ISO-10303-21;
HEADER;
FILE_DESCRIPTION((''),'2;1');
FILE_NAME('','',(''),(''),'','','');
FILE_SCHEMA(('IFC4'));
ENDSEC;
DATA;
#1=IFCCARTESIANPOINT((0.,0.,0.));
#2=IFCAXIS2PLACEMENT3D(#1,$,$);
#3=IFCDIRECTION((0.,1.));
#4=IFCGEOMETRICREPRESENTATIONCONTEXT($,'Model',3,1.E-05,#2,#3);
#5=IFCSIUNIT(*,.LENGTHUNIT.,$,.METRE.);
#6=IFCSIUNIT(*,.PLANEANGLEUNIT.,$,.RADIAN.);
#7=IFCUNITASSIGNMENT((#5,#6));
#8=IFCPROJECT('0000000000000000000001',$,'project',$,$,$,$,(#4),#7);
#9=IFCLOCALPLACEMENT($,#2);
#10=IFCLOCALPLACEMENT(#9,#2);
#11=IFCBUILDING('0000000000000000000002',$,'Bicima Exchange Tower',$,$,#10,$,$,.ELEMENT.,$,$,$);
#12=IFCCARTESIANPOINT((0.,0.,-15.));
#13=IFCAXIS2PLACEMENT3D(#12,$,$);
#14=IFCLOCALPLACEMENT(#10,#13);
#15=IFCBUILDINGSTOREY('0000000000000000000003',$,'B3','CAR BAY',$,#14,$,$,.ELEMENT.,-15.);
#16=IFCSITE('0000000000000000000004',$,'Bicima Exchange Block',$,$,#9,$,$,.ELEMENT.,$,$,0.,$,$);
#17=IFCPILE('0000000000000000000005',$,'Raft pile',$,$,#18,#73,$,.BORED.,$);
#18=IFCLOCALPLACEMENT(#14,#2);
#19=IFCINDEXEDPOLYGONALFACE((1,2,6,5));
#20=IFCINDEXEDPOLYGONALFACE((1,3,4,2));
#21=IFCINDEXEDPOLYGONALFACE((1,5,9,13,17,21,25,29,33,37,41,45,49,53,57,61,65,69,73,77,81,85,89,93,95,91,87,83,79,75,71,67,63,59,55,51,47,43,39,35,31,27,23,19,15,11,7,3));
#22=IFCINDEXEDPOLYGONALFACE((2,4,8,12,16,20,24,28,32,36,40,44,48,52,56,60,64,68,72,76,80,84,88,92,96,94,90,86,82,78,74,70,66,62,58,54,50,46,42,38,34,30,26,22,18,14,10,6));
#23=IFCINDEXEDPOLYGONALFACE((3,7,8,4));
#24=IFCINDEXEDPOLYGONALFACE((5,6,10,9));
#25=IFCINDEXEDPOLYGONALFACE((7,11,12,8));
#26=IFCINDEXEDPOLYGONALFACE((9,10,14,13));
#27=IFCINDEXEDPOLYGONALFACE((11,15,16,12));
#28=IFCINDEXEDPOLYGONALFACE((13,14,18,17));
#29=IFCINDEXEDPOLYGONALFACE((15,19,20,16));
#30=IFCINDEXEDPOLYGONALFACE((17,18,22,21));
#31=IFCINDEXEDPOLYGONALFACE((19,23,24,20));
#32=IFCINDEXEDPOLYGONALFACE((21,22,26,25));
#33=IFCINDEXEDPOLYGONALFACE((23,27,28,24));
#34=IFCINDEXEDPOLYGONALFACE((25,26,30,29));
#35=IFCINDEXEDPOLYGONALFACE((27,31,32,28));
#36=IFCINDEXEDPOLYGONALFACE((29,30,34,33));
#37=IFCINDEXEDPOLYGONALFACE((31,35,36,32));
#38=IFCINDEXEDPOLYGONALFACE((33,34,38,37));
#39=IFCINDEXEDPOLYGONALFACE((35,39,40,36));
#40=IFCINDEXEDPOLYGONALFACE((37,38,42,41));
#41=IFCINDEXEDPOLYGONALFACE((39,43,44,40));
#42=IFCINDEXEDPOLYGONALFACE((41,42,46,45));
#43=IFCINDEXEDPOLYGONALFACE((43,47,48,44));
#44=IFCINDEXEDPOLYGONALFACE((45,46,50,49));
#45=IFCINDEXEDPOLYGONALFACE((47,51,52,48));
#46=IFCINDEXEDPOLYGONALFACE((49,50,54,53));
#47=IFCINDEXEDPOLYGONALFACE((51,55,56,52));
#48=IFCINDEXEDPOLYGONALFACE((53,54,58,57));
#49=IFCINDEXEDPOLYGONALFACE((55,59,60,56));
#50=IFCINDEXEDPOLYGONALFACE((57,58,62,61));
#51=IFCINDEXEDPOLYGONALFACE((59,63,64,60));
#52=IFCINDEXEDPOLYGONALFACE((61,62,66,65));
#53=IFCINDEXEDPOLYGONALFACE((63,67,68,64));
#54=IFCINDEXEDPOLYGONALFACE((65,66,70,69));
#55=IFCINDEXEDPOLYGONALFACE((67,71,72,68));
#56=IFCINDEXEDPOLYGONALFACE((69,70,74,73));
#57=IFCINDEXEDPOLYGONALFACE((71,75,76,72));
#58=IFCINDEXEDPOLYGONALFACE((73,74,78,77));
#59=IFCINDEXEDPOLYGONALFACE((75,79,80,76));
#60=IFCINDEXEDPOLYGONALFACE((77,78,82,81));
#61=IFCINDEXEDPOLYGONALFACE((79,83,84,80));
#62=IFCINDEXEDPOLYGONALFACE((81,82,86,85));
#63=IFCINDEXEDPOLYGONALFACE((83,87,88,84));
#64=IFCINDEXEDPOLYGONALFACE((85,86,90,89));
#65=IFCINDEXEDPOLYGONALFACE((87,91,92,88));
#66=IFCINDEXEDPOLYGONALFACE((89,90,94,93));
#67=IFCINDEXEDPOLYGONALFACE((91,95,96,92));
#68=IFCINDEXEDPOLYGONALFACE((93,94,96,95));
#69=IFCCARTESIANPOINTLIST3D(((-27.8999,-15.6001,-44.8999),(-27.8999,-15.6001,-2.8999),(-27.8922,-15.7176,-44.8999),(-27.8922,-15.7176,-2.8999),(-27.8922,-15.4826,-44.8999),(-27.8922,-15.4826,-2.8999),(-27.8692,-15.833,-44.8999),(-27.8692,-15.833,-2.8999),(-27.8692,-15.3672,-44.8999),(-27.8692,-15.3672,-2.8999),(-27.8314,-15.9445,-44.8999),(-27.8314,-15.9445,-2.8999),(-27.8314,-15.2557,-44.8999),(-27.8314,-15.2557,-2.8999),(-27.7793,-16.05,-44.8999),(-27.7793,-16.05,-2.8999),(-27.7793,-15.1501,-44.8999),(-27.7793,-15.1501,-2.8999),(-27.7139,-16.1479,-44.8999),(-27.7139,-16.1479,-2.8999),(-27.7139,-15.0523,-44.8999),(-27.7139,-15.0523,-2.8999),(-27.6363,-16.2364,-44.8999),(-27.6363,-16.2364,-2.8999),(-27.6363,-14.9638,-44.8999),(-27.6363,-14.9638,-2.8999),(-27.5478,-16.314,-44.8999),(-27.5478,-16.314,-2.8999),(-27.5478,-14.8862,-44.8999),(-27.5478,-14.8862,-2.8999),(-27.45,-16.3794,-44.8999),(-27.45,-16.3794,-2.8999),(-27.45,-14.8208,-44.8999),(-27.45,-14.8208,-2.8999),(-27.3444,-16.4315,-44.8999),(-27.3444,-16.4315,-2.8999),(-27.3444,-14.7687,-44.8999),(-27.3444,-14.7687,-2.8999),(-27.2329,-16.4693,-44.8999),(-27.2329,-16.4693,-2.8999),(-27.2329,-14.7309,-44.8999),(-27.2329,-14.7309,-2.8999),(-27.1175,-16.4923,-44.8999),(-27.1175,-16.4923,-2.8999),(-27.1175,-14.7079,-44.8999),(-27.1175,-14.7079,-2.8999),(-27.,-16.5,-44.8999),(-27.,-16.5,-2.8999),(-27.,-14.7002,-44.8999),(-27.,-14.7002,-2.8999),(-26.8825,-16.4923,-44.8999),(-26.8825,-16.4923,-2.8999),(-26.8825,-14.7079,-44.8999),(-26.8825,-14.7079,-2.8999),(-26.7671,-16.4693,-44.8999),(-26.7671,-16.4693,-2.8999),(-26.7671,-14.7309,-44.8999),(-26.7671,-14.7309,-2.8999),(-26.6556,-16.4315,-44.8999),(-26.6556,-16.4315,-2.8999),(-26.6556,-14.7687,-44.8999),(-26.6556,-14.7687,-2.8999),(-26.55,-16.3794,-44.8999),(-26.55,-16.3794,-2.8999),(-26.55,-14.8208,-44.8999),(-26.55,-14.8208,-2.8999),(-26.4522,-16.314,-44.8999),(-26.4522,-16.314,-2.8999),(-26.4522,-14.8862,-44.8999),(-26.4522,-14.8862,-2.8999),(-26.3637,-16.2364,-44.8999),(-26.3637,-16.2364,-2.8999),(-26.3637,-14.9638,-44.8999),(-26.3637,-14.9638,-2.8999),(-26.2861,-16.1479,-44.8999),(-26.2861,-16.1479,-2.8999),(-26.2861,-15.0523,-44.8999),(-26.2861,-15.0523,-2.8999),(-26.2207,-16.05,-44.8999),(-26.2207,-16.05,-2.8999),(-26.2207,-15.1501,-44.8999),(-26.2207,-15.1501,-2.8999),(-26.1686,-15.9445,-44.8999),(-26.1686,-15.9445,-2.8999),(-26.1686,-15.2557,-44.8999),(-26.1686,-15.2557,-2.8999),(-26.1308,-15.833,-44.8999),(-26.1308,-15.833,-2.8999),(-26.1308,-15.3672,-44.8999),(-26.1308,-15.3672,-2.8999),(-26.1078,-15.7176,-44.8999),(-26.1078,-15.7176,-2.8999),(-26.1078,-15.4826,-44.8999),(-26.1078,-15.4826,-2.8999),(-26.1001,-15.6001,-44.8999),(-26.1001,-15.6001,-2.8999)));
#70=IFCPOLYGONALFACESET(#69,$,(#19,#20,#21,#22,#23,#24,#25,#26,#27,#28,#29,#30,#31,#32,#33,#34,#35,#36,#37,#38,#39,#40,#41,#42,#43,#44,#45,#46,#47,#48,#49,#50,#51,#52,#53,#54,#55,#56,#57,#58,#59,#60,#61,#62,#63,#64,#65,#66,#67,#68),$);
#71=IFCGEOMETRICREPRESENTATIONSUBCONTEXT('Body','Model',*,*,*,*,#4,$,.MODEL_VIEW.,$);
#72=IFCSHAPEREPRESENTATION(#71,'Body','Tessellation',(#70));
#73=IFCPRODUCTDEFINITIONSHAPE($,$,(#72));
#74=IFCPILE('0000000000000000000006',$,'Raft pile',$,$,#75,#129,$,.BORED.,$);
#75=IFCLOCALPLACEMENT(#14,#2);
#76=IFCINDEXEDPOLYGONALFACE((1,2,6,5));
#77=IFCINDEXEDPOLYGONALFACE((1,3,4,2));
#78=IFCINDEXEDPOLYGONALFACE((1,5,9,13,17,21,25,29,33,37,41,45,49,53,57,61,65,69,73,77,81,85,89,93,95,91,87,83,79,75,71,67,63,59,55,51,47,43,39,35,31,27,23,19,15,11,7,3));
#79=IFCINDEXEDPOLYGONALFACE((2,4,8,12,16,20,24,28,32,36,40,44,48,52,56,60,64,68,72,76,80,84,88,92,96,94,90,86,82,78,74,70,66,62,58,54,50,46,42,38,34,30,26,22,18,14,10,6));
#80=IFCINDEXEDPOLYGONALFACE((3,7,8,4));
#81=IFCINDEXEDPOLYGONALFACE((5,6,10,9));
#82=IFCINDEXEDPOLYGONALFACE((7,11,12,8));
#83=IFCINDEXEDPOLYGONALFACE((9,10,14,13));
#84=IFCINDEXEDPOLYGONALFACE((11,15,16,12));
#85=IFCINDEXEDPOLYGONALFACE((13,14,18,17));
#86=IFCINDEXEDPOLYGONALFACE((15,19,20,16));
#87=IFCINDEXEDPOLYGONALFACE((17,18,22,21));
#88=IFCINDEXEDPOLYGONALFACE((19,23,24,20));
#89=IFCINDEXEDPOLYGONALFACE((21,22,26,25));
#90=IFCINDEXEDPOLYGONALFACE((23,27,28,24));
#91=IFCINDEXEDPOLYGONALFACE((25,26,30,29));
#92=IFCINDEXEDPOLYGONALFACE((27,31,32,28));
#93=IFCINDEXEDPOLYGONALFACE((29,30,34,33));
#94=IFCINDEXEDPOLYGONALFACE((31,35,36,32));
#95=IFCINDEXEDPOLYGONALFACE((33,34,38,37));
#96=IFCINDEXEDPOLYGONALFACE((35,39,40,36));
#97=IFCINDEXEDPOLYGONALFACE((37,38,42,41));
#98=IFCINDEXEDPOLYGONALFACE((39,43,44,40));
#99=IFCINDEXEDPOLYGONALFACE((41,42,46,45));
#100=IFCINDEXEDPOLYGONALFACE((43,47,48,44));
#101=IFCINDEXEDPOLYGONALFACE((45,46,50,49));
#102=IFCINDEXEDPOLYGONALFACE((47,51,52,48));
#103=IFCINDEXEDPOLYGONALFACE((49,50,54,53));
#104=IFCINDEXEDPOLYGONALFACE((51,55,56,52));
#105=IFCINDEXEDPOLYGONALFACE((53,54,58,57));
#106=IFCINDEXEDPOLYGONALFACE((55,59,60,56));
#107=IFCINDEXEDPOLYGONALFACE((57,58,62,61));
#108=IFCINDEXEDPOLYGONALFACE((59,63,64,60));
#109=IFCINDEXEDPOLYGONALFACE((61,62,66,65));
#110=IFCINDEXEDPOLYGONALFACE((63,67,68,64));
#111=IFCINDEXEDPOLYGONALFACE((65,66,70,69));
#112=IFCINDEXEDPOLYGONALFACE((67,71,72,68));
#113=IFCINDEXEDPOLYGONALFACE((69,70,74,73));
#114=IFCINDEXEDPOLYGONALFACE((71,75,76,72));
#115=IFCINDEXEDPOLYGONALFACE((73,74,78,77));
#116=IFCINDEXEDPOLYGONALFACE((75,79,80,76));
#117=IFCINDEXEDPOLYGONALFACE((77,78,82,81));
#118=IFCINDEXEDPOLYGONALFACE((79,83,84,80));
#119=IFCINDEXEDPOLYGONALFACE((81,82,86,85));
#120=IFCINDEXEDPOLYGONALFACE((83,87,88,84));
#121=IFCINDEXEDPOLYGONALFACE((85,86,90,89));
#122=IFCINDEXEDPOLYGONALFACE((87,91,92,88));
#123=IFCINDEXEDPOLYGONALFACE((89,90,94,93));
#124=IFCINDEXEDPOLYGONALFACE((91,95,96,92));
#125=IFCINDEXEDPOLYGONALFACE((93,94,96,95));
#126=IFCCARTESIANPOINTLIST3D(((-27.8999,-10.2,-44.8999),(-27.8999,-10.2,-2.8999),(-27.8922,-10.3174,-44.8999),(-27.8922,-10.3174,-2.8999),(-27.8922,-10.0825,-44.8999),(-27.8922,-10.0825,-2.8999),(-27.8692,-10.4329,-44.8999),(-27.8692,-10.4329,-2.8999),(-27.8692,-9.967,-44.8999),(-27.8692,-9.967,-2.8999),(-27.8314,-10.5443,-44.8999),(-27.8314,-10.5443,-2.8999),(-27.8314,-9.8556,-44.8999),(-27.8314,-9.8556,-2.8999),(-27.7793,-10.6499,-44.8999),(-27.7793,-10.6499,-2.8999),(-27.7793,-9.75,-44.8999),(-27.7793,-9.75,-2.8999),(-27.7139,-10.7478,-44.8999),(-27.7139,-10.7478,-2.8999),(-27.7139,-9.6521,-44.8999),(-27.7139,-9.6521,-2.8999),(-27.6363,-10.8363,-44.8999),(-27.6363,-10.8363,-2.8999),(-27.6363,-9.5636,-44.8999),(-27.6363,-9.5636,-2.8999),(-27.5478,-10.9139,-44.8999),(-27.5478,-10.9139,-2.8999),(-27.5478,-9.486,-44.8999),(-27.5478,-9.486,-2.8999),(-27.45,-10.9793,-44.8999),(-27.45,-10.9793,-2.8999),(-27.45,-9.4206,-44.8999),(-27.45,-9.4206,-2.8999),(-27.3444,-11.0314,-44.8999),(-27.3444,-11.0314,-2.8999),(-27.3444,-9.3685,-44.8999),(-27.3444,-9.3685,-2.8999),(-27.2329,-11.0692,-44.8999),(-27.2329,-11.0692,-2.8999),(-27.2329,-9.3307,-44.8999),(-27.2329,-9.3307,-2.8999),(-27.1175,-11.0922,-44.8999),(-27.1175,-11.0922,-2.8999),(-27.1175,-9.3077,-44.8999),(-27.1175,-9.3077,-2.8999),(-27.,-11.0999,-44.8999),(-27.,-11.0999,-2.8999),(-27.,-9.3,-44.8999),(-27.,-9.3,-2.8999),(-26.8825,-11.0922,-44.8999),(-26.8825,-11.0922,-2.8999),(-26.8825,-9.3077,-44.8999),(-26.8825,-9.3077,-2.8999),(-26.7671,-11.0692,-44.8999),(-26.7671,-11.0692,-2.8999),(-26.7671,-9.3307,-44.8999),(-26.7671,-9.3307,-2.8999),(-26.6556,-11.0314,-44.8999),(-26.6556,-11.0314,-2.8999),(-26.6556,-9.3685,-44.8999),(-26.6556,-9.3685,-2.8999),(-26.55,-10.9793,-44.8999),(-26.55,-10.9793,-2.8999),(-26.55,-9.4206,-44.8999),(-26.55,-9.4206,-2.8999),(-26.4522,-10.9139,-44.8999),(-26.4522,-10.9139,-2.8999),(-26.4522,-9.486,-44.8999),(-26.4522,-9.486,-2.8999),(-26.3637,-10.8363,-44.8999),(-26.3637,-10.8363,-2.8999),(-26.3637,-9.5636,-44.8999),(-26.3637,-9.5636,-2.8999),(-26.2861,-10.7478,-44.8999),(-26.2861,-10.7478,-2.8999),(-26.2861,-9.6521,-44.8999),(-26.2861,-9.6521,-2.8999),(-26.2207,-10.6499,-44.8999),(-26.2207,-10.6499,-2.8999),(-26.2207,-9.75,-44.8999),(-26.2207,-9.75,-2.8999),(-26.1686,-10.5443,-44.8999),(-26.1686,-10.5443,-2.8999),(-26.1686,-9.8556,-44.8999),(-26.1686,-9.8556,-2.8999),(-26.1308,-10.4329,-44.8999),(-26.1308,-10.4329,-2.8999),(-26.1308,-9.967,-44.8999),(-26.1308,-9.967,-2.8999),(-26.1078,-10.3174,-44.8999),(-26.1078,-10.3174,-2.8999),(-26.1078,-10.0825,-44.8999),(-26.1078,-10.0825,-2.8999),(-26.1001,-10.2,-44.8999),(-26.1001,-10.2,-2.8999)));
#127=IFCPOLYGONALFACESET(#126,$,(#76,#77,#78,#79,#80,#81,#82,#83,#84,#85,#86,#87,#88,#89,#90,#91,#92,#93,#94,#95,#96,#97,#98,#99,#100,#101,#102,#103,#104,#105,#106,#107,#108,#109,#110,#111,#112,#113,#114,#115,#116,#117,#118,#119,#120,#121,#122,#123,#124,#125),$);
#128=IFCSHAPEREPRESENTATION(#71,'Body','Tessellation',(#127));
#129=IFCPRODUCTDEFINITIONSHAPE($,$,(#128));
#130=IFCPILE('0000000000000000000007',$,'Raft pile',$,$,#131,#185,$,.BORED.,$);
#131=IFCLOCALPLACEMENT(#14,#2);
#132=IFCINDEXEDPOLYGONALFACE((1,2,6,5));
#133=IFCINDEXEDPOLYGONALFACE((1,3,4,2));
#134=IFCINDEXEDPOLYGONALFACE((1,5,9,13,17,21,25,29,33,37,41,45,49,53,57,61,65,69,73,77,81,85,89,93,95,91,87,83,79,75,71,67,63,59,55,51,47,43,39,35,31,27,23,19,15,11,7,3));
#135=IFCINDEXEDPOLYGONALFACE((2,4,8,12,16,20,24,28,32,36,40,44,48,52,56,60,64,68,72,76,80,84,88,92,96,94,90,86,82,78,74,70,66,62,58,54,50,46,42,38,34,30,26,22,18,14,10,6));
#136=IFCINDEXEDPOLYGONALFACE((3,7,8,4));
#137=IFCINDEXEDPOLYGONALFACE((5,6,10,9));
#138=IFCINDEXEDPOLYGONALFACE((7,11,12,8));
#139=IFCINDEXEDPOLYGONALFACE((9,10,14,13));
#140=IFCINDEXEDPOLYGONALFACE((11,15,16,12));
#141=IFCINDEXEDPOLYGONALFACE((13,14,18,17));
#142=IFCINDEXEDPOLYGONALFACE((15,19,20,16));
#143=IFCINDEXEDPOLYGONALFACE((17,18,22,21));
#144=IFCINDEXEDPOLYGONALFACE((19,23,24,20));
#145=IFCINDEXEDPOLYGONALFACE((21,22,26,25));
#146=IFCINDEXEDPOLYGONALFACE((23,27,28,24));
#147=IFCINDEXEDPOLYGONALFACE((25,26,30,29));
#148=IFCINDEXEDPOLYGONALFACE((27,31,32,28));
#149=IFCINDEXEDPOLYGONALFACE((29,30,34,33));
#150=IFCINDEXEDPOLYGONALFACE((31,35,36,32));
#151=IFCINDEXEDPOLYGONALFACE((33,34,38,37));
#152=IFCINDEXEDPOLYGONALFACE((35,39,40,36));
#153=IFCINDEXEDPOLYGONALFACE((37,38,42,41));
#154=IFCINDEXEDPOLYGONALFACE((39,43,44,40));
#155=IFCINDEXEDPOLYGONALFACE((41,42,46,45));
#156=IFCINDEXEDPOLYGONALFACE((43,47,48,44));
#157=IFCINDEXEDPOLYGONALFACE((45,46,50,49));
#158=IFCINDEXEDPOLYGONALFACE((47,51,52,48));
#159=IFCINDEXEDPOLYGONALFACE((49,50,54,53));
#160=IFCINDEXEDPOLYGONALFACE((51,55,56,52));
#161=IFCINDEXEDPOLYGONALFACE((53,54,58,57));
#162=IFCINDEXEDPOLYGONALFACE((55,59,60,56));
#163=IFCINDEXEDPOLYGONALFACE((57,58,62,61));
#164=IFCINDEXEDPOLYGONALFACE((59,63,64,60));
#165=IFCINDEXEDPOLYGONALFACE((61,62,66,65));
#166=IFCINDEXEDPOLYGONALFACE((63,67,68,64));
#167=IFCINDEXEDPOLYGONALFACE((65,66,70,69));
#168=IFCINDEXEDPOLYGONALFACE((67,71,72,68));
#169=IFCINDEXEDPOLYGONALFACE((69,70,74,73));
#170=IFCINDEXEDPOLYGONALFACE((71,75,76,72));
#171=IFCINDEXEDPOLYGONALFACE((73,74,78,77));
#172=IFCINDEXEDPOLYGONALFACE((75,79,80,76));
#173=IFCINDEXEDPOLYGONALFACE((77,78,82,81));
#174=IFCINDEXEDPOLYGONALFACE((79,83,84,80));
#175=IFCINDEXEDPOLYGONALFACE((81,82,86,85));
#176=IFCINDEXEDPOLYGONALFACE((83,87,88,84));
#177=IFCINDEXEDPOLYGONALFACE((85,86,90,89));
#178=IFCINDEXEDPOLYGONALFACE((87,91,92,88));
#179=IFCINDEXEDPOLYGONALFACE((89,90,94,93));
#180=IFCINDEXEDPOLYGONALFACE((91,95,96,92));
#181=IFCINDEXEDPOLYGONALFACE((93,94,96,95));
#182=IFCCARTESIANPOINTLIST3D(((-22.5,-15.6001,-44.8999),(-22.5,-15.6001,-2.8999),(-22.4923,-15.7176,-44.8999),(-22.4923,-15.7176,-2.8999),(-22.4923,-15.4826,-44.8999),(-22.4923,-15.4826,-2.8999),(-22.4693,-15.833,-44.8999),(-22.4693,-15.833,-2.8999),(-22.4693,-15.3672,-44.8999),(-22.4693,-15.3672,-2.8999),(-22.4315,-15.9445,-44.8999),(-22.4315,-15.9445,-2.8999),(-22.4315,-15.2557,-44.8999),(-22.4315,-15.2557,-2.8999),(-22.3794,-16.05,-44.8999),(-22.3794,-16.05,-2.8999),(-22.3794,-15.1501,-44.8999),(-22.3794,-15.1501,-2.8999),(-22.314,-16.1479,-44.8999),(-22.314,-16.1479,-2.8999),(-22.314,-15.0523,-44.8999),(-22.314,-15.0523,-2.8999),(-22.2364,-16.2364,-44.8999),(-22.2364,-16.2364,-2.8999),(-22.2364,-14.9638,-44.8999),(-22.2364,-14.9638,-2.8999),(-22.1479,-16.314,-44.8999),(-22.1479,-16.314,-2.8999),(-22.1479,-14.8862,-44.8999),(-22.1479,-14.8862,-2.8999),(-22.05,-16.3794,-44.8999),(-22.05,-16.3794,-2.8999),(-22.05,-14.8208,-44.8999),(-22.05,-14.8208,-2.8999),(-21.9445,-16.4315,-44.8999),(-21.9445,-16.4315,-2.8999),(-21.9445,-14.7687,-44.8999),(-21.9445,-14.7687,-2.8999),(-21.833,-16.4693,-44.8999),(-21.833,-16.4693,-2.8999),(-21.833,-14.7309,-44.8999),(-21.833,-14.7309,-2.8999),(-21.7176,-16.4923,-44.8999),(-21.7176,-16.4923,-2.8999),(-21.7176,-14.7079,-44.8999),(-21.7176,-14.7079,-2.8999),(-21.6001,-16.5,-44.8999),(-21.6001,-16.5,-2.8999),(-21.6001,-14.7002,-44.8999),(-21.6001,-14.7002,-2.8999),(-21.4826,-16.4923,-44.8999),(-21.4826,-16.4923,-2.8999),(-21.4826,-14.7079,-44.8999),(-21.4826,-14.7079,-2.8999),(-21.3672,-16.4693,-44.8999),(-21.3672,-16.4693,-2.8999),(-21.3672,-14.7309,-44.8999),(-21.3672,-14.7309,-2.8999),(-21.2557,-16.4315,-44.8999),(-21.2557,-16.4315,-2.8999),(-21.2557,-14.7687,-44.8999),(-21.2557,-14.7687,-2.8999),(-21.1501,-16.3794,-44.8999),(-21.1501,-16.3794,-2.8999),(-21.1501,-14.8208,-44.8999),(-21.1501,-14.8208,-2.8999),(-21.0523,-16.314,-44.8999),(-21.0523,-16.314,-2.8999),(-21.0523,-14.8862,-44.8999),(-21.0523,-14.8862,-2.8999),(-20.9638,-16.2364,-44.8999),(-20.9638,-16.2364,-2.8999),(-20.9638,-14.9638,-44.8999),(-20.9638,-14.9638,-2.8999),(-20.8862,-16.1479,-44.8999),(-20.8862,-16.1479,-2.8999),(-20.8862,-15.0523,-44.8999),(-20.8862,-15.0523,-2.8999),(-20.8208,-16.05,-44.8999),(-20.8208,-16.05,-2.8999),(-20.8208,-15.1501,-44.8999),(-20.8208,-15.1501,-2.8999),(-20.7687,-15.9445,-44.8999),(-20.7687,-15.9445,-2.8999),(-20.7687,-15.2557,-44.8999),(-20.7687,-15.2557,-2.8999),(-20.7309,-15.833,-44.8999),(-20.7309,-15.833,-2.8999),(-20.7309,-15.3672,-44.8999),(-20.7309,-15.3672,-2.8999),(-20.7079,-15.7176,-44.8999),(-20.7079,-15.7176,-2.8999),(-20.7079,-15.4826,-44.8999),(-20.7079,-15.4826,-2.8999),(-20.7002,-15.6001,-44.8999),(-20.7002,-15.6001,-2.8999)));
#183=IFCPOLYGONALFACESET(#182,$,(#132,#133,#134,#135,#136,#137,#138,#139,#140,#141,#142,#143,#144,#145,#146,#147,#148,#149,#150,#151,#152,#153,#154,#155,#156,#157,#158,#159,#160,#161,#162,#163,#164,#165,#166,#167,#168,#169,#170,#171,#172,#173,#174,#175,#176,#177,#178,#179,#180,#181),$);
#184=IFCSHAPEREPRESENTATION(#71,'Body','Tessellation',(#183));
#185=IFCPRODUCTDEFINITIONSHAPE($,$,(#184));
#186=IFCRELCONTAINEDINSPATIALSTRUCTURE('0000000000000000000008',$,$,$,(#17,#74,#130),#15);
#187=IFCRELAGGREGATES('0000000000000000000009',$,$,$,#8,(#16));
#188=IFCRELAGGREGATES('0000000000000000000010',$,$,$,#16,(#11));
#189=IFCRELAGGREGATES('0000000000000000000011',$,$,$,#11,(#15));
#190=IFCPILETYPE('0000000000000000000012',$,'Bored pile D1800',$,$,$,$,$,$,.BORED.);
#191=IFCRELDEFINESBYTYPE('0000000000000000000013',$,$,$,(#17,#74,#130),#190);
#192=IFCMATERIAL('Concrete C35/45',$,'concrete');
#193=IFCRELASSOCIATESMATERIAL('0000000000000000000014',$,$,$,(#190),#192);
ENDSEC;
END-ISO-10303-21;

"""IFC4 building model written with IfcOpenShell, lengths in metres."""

from ifc_helpers import new_model, si_unit, direction, frame, origin, origin_2d, place, context, subcontext, project, spatial, circle, extrude, material, material_profile, profile_set, type_object, element, save


model = new_model("IFC4")

# Units and contexts
model_context = context("Model", 3, precision=1e-05, world=origin(), true_north=direction((0.0, 1.0)))
body_context = subcontext(model_context, "Body", "Model", "MODEL_VIEW")
ifc_project = project(units=[si_unit("LENGTHUNIT", "METRE"), si_unit("PLANEANGLEUNIT", "RADIAN")], contexts=[model_context])

# Site, building, storey
site_placement = place(None, origin())
site = spatial("IfcSite", under=ifc_project, at=site_placement, Name="Bicima Exchange Block", CompositionType="ELEMENT", RefElevation=0.0)
building_placement = place(site_placement, origin())
building = spatial("IfcBuilding", under=site, at=building_placement, Name="Bicima Exchange Tower", CompositionType="ELEMENT")
storey_placement = place(building_placement, frame((0.0, 0.0, -15.0)))
storey = spatial("IfcBuildingStorey", under=building, at=storey_placement, Name="B3", Description="CAR BAY", CompositionType="ELEMENT", Elevation=-15.0)

# Piles
ifc_material_1 = material(Name="Concrete C35/45", Category="concrete")
ifc_material_profile_1 = material_profile(ifc_material_1, circle(Radius=0.8999, at=origin_2d()))
ifc_profile_set_1 = profile_set([ifc_material_profile_1], Name="Concrete C35/45")
pile_type = type_object("IfcPileType", Name="Bored pile D1800", PredefinedType="BORED", material=ifc_profile_set_1)
for number, where, z_axis, x_axis, name in (
    (1, (-27.0, -15.6001, -2.8999), (0.0, 0.0, -1.0), (1.0, 0.0, 0.0), "Raft pile"),
    (2, (-27.0, -10.2, -2.8999), (0.0, 0.0, -1.0), (1.0, 0.0, 0.0), "Raft pile"),
    (3, (-21.6001, -15.6001, -2.8999), (0.0, 0.0, -1.0), (1.0, 0.0, 0.0), "Raft pile"),
):
    element("IfcPile", number, at=place(storey_placement, frame(where, z_axis=z_axis, x_axis=x_axis)), inside=storey, type_object=pile_type, Name=name, PredefinedType="BORED", context=body_context, shape_type="SweptSolid", body=[
        extrude(circle(Radius=0.8999, at=origin_2d()), origin(), (0.0, 0.0, 1.0), 42.0),
    ])

save(model, "model.ifc")
